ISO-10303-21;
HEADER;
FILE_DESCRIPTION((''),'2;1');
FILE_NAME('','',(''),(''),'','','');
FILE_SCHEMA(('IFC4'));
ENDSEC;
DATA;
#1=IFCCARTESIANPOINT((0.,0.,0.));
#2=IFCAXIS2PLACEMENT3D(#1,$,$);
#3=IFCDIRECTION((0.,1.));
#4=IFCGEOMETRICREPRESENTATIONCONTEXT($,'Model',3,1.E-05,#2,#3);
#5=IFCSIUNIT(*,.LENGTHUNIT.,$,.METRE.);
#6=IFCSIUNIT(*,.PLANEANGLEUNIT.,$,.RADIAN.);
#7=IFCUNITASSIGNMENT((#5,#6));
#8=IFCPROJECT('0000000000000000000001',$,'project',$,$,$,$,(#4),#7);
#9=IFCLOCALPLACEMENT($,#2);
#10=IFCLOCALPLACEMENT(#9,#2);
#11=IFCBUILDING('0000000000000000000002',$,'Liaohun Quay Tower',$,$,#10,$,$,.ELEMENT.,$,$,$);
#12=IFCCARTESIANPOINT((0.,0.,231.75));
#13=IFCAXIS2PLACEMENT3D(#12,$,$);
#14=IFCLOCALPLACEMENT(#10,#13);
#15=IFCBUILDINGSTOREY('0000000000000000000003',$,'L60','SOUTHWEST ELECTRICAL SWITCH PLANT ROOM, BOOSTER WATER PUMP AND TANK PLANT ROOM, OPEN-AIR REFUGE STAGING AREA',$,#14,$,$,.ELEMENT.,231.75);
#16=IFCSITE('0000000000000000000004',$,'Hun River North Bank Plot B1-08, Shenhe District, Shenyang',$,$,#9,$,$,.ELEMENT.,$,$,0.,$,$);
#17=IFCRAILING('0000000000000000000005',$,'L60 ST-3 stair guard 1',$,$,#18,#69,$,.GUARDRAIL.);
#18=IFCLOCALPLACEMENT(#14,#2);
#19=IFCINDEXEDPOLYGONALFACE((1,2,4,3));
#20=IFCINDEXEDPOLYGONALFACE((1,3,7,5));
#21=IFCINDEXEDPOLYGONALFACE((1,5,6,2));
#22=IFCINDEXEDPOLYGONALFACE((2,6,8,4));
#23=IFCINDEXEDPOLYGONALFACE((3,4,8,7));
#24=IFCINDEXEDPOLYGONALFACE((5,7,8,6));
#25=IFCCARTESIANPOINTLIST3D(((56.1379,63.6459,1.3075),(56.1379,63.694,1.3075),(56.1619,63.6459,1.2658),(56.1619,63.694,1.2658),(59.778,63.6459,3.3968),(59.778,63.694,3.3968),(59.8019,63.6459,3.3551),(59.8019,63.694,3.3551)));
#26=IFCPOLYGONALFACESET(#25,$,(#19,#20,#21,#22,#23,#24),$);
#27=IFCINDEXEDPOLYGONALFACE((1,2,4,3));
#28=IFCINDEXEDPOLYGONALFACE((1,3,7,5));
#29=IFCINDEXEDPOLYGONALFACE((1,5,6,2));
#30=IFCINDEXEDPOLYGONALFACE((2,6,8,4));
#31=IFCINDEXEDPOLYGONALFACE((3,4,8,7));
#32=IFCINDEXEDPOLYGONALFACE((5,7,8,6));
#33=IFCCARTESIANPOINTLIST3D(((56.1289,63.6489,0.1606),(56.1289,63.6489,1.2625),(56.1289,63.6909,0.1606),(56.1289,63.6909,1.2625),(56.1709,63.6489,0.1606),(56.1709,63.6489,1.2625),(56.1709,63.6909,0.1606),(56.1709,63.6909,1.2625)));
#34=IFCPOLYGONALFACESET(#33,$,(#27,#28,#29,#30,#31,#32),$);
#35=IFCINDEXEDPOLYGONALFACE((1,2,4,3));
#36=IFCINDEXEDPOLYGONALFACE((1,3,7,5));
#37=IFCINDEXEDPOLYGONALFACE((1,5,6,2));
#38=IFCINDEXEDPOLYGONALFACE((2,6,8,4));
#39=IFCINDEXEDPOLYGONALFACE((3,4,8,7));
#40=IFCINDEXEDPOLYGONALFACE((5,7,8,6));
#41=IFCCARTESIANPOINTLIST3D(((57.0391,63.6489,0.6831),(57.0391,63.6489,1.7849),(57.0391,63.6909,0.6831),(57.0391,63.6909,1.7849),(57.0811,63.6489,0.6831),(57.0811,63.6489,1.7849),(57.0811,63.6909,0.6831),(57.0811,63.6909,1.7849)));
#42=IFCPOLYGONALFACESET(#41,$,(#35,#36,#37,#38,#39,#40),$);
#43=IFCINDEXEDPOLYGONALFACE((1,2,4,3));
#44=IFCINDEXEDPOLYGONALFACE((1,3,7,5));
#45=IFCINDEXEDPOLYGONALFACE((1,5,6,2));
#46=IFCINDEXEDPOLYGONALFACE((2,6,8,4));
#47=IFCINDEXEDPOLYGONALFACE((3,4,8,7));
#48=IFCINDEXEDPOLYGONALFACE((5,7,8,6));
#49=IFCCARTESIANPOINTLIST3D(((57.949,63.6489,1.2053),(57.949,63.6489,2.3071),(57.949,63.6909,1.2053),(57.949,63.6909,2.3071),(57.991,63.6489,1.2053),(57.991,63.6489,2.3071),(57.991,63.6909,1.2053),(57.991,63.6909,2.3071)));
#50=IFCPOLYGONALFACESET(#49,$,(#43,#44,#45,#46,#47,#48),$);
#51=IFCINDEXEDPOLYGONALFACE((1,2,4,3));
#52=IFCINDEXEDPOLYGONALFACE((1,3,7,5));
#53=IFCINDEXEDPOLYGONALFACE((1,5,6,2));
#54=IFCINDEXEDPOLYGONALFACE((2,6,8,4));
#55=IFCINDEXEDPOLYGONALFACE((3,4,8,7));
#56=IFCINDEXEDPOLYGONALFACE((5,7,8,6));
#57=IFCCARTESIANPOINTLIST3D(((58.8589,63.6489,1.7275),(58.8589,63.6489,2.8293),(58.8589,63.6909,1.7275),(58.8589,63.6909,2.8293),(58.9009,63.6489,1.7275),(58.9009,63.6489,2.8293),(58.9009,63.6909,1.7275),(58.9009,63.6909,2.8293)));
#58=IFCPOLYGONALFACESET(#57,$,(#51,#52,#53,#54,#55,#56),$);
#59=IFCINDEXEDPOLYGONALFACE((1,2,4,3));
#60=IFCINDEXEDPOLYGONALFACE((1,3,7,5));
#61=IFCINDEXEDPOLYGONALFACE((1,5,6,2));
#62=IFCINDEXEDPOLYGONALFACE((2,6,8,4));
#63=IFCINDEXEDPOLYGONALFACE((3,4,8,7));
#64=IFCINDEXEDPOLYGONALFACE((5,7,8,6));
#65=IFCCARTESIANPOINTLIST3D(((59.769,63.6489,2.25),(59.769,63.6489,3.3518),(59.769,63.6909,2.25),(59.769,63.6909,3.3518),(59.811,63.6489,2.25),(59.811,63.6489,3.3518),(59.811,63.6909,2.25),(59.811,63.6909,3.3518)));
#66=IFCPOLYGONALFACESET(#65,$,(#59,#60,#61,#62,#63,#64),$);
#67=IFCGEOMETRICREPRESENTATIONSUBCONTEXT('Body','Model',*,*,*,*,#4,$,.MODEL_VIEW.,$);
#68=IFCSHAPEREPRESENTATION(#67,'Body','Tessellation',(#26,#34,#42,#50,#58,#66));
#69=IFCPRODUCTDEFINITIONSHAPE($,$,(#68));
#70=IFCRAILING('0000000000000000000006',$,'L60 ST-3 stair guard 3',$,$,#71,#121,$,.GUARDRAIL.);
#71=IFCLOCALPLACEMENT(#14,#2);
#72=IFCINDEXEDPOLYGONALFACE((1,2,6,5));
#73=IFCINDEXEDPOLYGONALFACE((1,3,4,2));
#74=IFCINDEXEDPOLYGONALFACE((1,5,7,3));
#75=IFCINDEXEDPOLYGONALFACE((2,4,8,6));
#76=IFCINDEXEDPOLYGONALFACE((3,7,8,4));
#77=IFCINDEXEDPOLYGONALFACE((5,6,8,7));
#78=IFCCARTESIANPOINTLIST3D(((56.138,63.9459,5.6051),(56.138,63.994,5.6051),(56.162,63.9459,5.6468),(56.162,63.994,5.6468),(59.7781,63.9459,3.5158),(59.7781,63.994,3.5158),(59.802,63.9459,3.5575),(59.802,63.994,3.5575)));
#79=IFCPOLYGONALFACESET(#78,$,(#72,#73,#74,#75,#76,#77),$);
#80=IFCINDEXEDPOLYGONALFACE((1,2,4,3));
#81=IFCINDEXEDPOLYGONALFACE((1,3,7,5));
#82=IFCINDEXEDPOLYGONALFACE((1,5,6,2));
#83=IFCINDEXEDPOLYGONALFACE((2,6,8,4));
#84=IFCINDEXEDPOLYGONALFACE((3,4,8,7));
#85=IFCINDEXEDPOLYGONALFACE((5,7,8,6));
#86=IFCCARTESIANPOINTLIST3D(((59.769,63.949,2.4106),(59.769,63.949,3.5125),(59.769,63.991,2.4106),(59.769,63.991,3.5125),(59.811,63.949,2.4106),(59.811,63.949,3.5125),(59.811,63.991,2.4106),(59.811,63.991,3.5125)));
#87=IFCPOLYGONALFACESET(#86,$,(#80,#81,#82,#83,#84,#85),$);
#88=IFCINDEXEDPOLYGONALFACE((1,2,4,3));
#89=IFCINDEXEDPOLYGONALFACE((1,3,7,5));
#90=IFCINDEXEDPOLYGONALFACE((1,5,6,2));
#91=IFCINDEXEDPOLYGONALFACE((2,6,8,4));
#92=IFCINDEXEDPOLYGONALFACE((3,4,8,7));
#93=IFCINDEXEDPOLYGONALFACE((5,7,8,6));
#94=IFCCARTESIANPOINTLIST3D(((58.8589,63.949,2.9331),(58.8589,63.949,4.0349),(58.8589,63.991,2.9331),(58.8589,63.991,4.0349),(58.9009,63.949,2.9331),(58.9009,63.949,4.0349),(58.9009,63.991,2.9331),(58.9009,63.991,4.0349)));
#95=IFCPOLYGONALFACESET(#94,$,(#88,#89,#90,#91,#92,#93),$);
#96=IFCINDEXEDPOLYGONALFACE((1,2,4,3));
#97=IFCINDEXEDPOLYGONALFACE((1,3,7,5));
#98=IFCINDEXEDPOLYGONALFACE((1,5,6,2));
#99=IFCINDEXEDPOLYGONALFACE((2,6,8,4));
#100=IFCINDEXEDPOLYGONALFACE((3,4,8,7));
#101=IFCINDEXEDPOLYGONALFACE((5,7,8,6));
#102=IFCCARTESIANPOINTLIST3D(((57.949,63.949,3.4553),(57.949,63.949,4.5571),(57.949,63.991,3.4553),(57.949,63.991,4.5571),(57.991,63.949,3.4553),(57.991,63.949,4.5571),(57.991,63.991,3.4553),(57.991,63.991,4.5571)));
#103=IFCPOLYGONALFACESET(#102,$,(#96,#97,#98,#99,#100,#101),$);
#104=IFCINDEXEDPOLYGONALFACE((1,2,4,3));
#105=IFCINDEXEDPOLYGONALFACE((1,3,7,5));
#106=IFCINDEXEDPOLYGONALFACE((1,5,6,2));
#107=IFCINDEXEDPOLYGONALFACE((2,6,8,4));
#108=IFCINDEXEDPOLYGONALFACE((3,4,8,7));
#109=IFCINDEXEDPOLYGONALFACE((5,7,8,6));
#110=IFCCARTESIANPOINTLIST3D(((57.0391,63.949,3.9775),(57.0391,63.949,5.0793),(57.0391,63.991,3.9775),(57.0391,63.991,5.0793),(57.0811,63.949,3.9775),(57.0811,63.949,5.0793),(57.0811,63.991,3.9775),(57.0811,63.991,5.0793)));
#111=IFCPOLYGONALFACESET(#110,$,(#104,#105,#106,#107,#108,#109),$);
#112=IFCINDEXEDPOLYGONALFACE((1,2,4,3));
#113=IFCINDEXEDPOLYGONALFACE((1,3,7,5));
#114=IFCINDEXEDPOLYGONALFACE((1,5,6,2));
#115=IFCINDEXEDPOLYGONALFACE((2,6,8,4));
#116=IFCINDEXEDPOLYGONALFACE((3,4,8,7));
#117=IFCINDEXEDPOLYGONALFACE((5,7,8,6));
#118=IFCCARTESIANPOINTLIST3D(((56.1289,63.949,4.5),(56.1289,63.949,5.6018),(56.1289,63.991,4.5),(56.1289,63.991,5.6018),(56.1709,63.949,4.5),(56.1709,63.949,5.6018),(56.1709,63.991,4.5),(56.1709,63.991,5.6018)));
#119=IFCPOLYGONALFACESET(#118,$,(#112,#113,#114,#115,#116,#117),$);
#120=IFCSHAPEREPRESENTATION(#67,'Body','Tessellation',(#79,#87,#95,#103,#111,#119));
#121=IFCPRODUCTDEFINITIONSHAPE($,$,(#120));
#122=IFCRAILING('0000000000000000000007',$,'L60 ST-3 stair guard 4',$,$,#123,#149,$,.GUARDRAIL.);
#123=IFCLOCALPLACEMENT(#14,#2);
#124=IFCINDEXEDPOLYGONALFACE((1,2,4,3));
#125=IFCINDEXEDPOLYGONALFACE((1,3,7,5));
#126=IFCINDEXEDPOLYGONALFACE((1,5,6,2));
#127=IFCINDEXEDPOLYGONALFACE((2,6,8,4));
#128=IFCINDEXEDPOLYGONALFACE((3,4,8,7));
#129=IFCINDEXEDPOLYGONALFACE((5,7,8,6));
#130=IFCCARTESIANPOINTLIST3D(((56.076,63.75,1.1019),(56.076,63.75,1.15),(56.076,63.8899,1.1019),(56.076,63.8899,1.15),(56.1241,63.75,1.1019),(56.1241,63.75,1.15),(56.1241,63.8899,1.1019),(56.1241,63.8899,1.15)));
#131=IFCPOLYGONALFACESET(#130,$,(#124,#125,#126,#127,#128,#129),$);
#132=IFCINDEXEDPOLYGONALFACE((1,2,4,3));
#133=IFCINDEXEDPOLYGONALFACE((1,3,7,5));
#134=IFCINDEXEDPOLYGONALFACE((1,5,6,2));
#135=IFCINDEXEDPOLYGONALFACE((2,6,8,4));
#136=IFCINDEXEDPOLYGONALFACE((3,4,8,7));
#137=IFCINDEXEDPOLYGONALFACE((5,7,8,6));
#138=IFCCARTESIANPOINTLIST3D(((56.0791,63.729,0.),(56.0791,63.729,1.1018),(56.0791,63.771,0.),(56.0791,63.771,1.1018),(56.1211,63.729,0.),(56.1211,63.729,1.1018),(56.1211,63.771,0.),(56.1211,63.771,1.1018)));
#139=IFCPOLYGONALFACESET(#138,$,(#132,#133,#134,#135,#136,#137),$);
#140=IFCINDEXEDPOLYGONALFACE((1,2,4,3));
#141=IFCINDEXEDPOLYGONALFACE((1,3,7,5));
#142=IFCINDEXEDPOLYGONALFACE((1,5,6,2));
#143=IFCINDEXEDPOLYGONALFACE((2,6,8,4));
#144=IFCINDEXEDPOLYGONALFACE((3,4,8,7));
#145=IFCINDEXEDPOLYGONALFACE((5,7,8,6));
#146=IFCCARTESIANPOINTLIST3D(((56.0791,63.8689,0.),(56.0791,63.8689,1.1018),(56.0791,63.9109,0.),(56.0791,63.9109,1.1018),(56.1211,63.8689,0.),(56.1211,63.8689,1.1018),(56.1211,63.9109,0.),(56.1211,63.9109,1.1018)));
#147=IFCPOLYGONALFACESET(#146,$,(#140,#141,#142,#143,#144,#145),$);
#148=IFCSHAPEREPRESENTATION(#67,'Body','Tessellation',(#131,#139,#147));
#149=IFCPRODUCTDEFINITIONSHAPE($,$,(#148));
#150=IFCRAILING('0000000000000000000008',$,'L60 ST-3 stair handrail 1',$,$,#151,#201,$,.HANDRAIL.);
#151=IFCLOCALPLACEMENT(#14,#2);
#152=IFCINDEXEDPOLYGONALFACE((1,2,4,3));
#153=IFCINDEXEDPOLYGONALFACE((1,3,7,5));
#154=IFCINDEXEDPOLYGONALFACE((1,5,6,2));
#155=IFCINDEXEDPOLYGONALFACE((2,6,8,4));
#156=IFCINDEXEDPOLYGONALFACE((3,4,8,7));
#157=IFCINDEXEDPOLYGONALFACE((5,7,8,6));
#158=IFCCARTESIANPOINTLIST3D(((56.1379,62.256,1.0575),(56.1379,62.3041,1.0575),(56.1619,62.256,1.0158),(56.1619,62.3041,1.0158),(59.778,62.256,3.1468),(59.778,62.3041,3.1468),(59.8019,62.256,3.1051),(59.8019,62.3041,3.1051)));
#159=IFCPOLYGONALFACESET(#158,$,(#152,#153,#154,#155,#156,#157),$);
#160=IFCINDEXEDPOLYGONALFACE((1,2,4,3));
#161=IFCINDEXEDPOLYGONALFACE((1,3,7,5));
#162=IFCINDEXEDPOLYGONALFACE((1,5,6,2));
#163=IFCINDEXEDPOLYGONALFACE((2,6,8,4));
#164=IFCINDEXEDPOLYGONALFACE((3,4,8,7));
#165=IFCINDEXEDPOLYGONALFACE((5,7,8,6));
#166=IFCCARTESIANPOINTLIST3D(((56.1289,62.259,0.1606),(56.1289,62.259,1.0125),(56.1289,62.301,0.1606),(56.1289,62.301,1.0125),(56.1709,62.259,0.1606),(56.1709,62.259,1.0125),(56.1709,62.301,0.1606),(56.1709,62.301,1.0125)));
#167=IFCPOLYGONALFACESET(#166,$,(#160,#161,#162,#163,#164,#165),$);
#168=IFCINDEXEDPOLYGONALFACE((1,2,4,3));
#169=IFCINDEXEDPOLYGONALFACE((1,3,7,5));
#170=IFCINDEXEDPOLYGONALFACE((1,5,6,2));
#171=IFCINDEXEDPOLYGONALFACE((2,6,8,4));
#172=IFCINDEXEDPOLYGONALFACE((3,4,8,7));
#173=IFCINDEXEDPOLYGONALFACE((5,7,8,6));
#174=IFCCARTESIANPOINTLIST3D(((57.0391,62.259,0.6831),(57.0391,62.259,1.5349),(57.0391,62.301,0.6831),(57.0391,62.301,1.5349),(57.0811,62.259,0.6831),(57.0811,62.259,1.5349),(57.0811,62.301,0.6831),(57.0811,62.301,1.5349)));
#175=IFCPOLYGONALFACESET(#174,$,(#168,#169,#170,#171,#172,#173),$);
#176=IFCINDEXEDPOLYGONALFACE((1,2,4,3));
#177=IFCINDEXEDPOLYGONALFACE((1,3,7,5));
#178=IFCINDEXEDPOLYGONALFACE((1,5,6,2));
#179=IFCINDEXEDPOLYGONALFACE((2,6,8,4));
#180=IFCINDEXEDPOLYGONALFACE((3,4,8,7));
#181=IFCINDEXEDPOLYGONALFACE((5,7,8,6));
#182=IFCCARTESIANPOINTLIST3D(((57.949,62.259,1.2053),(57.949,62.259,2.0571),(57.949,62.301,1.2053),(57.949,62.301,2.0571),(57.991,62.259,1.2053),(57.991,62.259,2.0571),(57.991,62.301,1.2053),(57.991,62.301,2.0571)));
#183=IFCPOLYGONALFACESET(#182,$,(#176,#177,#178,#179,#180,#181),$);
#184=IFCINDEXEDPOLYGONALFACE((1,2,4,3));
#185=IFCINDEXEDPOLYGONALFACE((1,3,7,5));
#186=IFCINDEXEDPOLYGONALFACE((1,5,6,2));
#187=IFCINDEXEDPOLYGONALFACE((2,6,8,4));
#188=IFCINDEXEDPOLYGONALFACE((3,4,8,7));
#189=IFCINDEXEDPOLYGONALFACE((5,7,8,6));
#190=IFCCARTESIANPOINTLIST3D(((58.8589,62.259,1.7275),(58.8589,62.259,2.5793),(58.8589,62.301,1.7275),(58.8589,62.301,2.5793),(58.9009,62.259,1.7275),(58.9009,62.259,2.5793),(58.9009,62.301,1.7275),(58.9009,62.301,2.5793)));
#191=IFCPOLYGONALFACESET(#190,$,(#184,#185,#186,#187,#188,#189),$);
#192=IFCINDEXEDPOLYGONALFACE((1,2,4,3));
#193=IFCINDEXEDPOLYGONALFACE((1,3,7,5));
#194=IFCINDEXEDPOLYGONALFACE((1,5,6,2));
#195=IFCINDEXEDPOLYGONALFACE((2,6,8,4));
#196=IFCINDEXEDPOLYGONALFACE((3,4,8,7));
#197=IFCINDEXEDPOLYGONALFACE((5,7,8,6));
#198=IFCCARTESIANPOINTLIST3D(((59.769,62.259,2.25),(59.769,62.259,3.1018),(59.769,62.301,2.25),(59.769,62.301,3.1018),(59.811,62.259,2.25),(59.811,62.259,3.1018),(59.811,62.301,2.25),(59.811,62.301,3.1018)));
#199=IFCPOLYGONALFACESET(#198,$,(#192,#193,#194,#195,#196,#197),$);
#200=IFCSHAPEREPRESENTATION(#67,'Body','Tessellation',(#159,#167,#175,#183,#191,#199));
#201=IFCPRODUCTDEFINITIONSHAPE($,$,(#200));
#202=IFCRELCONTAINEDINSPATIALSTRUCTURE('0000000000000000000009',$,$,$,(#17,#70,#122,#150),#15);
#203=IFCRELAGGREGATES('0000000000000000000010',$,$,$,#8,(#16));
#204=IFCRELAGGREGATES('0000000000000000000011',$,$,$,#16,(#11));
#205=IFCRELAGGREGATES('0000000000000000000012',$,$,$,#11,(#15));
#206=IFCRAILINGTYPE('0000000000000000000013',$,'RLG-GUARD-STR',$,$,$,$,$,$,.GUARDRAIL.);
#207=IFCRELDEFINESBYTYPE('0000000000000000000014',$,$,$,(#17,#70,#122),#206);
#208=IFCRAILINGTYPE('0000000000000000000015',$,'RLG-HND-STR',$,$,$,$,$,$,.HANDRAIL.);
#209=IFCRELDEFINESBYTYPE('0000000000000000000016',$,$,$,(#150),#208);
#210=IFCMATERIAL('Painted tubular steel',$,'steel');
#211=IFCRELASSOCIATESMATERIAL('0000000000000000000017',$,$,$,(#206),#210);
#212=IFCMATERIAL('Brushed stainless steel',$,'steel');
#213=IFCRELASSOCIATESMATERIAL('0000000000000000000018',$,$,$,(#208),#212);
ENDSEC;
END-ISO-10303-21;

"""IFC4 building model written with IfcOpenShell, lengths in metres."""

from ifc_helpers import new_model, si_unit, direction, frame, origin, origin_2d, place, context, subcontext, project, spatial, rectangle, extrude, material, type_object, element, save


model = new_model("IFC4")

# Units and contexts
model_context = context("Model", 3, precision=1e-05, world=origin(), true_north=direction((0.0, 1.0)))
body_context = subcontext(model_context, "Body", "Model", "MODEL_VIEW")
ifc_project = project(units=[si_unit("LENGTHUNIT", "METRE"), si_unit("PLANEANGLEUNIT", "RADIAN")], contexts=[model_context])

# Site, building, storey
site_placement = place(None, origin())
site = spatial("IfcSite", under=ifc_project, at=site_placement, Name="Hun River North Bank Plot B1-08, Shenhe District, Shenyang", CompositionType="ELEMENT", RefElevation=0.0)
building_placement = place(site_placement, origin())
building = spatial("IfcBuilding", under=site, at=building_placement, Name="Liaohun Quay Tower", CompositionType="ELEMENT")
storey_placement = place(building_placement, frame((0.0, 0.0, 231.75)))
storey = spatial("IfcBuildingStorey", under=building, at=storey_placement, Name="L60", Description="SOUTHWEST ELECTRICAL SWITCH PLANT ROOM, BOOSTER WATER PUMP AND TANK PLANT ROOM, OPEN-AIR REFUGE STAGING AREA", CompositionType="ELEMENT", Elevation=231.75)

# Railings
ifc_material_1 = material(Name="Painted tubular steel", Category="steel")
railing_type_1 = type_object("IfcRailingType", Name="RLG-GUARD-STR", PredefinedType="GUARDRAIL", material=ifc_material_1)
railing_1_placement = place(storey_placement, frame((56.1499, 63.6699, 0.1606)))
element("IfcRailing", 1, at=railing_1_placement, inside=storey, type_object=railing_type_1, Name="L60 ST-3 stair guard 1", PredefinedType="GUARDRAIL", context=body_context, shape_type="SweptSolid", body=[
    extrude(rectangle(XDim=0.0481, YDim=0.0481, at=origin_2d()), frame((0.0, 0.0, 1.126), z_axis=(0.867289, 0.0, 0.497804), x_axis=(0.0, 1.0, 0.0)), (0.0, 0.0, 1.0), 4.197),
    extrude(rectangle(XDim=0.042, YDim=0.042, at=origin_2d()), origin(), (0.0, 0.0, 1.0), 1.1018),
    extrude(rectangle(XDim=0.042, YDim=0.042, at=origin_2d()), frame((0.9102, 0.0, 0.5225)), (0.0, 0.0, 1.0), 1.1018),
    extrude(rectangle(XDim=0.042, YDim=0.042, at=origin_2d()), frame((1.8201, 0.0, 1.0447)), (0.0, 0.0, 1.0), 1.1018),
    extrude(rectangle(XDim=0.042, YDim=0.042, at=origin_2d()), frame((2.73, 0.0, 1.5669)), (0.0, 0.0, 1.0), 1.1018),
    extrude(rectangle(XDim=0.042, YDim=0.042, at=origin_2d()), frame((3.6401, 0.0, 2.0894)), (0.0, 0.0, 1.0), 1.1018),
])
railing_2_placement = place(storey_placement, frame((59.79, 63.97, 2.4106)))
element("IfcRailing", 2, at=railing_2_placement, inside=storey, type_object=railing_type_1, Name="L60 ST-3 stair guard 3", PredefinedType="GUARDRAIL", context=body_context, shape_type="SweptSolid", body=[
    extrude(rectangle(XDim=0.0481, YDim=0.0481, at=origin_2d()), frame((0.0, 0.0, 1.126), z_axis=(-0.867289, 0.0, 0.497804), x_axis=(0.0, -1.0, 0.0)), (0.0, 0.0, 1.0), 4.197),
    extrude(rectangle(XDim=0.042, YDim=0.042, at=origin_2d()), origin(), (0.0, 0.0, 1.0), 1.1018),
    extrude(rectangle(XDim=0.042, YDim=0.042, at=origin_2d()), frame((-0.9102, 0.0, 0.5225)), (0.0, 0.0, 1.0), 1.1018),
    extrude(rectangle(XDim=0.042, YDim=0.042, at=origin_2d()), frame((-1.8201, 0.0, 1.0447)), (0.0, 0.0, 1.0), 1.1018),
    extrude(rectangle(XDim=0.042, YDim=0.042, at=origin_2d()), frame((-2.73, 0.0, 1.5669)), (0.0, 0.0, 1.0), 1.1018),
    extrude(rectangle(XDim=0.042, YDim=0.042, at=origin_2d()), frame((-3.6401, 0.0, 2.0894)), (0.0, 0.0, 1.0), 1.1018),
])
railing_3_placement = place(storey_placement, frame((56.1001, 63.75, 0.0)))
element("IfcRailing", 3, at=railing_3_placement, inside=storey, type_object=railing_type_1, Name="L60 ST-3 stair guard 4", PredefinedType="GUARDRAIL", context=body_context, shape_type="SweptSolid", body=[
    extrude(rectangle(XDim=0.0481, YDim=0.0481, at=origin_2d()), frame((0.0, 0.0, 1.126), z_axis=(0.0, 1.0, 0.0), x_axis=(-1.0, 0.0, 0.0)), (0.0, 0.0, 1.0), 0.1399),
    extrude(rectangle(XDim=0.042, YDim=0.042, at=origin_2d()), origin(), (0.0, 0.0, 1.0), 1.1018),
    extrude(rectangle(XDim=0.042, YDim=0.042, at=origin_2d()), frame((0.0, 0.1399, 0.0)), (0.0, 0.0, 1.0), 1.1018),
])
ifc_material_2 = material(Name="Brushed stainless steel", Category="steel")
railing_type_2 = type_object("IfcRailingType", Name="RLG-HND-STR", PredefinedType="HANDRAIL", material=ifc_material_2)
railing_4_placement = place(storey_placement, frame((56.1499, 62.28, 0.1606)))
element("IfcRailing", 4, at=railing_4_placement, inside=storey, type_object=railing_type_2, Name="L60 ST-3 stair handrail 1", PredefinedType="HANDRAIL", context=body_context, shape_type="SweptSolid", body=[
    extrude(rectangle(XDim=0.0481, YDim=0.0481, at=origin_2d()), frame((0.0, 0.0, 0.876), z_axis=(0.867289, 0.0, 0.497804), x_axis=(0.0, 1.0, 0.0)), (0.0, 0.0, 1.0), 4.197),
    extrude(rectangle(XDim=0.042, YDim=0.042, at=origin_2d()), origin(), (0.0, 0.0, 1.0), 0.8518),
    extrude(rectangle(XDim=0.042, YDim=0.042, at=origin_2d()), frame((0.9102, 0.0, 0.5225)), (0.0, 0.0, 1.0), 0.8518),
    extrude(rectangle(XDim=0.042, YDim=0.042, at=origin_2d()), frame((1.8201, 0.0, 1.0447)), (0.0, 0.0, 1.0), 0.8518),
    extrude(rectangle(XDim=0.042, YDim=0.042, at=origin_2d()), frame((2.73, 0.0, 1.5669)), (0.0, 0.0, 1.0), 0.8518),
    extrude(rectangle(XDim=0.042, YDim=0.042, at=origin_2d()), frame((3.6401, 0.0, 2.0894)), (0.0, 0.0, 1.0), 0.8518),
])

save(model, "model.ifc")
